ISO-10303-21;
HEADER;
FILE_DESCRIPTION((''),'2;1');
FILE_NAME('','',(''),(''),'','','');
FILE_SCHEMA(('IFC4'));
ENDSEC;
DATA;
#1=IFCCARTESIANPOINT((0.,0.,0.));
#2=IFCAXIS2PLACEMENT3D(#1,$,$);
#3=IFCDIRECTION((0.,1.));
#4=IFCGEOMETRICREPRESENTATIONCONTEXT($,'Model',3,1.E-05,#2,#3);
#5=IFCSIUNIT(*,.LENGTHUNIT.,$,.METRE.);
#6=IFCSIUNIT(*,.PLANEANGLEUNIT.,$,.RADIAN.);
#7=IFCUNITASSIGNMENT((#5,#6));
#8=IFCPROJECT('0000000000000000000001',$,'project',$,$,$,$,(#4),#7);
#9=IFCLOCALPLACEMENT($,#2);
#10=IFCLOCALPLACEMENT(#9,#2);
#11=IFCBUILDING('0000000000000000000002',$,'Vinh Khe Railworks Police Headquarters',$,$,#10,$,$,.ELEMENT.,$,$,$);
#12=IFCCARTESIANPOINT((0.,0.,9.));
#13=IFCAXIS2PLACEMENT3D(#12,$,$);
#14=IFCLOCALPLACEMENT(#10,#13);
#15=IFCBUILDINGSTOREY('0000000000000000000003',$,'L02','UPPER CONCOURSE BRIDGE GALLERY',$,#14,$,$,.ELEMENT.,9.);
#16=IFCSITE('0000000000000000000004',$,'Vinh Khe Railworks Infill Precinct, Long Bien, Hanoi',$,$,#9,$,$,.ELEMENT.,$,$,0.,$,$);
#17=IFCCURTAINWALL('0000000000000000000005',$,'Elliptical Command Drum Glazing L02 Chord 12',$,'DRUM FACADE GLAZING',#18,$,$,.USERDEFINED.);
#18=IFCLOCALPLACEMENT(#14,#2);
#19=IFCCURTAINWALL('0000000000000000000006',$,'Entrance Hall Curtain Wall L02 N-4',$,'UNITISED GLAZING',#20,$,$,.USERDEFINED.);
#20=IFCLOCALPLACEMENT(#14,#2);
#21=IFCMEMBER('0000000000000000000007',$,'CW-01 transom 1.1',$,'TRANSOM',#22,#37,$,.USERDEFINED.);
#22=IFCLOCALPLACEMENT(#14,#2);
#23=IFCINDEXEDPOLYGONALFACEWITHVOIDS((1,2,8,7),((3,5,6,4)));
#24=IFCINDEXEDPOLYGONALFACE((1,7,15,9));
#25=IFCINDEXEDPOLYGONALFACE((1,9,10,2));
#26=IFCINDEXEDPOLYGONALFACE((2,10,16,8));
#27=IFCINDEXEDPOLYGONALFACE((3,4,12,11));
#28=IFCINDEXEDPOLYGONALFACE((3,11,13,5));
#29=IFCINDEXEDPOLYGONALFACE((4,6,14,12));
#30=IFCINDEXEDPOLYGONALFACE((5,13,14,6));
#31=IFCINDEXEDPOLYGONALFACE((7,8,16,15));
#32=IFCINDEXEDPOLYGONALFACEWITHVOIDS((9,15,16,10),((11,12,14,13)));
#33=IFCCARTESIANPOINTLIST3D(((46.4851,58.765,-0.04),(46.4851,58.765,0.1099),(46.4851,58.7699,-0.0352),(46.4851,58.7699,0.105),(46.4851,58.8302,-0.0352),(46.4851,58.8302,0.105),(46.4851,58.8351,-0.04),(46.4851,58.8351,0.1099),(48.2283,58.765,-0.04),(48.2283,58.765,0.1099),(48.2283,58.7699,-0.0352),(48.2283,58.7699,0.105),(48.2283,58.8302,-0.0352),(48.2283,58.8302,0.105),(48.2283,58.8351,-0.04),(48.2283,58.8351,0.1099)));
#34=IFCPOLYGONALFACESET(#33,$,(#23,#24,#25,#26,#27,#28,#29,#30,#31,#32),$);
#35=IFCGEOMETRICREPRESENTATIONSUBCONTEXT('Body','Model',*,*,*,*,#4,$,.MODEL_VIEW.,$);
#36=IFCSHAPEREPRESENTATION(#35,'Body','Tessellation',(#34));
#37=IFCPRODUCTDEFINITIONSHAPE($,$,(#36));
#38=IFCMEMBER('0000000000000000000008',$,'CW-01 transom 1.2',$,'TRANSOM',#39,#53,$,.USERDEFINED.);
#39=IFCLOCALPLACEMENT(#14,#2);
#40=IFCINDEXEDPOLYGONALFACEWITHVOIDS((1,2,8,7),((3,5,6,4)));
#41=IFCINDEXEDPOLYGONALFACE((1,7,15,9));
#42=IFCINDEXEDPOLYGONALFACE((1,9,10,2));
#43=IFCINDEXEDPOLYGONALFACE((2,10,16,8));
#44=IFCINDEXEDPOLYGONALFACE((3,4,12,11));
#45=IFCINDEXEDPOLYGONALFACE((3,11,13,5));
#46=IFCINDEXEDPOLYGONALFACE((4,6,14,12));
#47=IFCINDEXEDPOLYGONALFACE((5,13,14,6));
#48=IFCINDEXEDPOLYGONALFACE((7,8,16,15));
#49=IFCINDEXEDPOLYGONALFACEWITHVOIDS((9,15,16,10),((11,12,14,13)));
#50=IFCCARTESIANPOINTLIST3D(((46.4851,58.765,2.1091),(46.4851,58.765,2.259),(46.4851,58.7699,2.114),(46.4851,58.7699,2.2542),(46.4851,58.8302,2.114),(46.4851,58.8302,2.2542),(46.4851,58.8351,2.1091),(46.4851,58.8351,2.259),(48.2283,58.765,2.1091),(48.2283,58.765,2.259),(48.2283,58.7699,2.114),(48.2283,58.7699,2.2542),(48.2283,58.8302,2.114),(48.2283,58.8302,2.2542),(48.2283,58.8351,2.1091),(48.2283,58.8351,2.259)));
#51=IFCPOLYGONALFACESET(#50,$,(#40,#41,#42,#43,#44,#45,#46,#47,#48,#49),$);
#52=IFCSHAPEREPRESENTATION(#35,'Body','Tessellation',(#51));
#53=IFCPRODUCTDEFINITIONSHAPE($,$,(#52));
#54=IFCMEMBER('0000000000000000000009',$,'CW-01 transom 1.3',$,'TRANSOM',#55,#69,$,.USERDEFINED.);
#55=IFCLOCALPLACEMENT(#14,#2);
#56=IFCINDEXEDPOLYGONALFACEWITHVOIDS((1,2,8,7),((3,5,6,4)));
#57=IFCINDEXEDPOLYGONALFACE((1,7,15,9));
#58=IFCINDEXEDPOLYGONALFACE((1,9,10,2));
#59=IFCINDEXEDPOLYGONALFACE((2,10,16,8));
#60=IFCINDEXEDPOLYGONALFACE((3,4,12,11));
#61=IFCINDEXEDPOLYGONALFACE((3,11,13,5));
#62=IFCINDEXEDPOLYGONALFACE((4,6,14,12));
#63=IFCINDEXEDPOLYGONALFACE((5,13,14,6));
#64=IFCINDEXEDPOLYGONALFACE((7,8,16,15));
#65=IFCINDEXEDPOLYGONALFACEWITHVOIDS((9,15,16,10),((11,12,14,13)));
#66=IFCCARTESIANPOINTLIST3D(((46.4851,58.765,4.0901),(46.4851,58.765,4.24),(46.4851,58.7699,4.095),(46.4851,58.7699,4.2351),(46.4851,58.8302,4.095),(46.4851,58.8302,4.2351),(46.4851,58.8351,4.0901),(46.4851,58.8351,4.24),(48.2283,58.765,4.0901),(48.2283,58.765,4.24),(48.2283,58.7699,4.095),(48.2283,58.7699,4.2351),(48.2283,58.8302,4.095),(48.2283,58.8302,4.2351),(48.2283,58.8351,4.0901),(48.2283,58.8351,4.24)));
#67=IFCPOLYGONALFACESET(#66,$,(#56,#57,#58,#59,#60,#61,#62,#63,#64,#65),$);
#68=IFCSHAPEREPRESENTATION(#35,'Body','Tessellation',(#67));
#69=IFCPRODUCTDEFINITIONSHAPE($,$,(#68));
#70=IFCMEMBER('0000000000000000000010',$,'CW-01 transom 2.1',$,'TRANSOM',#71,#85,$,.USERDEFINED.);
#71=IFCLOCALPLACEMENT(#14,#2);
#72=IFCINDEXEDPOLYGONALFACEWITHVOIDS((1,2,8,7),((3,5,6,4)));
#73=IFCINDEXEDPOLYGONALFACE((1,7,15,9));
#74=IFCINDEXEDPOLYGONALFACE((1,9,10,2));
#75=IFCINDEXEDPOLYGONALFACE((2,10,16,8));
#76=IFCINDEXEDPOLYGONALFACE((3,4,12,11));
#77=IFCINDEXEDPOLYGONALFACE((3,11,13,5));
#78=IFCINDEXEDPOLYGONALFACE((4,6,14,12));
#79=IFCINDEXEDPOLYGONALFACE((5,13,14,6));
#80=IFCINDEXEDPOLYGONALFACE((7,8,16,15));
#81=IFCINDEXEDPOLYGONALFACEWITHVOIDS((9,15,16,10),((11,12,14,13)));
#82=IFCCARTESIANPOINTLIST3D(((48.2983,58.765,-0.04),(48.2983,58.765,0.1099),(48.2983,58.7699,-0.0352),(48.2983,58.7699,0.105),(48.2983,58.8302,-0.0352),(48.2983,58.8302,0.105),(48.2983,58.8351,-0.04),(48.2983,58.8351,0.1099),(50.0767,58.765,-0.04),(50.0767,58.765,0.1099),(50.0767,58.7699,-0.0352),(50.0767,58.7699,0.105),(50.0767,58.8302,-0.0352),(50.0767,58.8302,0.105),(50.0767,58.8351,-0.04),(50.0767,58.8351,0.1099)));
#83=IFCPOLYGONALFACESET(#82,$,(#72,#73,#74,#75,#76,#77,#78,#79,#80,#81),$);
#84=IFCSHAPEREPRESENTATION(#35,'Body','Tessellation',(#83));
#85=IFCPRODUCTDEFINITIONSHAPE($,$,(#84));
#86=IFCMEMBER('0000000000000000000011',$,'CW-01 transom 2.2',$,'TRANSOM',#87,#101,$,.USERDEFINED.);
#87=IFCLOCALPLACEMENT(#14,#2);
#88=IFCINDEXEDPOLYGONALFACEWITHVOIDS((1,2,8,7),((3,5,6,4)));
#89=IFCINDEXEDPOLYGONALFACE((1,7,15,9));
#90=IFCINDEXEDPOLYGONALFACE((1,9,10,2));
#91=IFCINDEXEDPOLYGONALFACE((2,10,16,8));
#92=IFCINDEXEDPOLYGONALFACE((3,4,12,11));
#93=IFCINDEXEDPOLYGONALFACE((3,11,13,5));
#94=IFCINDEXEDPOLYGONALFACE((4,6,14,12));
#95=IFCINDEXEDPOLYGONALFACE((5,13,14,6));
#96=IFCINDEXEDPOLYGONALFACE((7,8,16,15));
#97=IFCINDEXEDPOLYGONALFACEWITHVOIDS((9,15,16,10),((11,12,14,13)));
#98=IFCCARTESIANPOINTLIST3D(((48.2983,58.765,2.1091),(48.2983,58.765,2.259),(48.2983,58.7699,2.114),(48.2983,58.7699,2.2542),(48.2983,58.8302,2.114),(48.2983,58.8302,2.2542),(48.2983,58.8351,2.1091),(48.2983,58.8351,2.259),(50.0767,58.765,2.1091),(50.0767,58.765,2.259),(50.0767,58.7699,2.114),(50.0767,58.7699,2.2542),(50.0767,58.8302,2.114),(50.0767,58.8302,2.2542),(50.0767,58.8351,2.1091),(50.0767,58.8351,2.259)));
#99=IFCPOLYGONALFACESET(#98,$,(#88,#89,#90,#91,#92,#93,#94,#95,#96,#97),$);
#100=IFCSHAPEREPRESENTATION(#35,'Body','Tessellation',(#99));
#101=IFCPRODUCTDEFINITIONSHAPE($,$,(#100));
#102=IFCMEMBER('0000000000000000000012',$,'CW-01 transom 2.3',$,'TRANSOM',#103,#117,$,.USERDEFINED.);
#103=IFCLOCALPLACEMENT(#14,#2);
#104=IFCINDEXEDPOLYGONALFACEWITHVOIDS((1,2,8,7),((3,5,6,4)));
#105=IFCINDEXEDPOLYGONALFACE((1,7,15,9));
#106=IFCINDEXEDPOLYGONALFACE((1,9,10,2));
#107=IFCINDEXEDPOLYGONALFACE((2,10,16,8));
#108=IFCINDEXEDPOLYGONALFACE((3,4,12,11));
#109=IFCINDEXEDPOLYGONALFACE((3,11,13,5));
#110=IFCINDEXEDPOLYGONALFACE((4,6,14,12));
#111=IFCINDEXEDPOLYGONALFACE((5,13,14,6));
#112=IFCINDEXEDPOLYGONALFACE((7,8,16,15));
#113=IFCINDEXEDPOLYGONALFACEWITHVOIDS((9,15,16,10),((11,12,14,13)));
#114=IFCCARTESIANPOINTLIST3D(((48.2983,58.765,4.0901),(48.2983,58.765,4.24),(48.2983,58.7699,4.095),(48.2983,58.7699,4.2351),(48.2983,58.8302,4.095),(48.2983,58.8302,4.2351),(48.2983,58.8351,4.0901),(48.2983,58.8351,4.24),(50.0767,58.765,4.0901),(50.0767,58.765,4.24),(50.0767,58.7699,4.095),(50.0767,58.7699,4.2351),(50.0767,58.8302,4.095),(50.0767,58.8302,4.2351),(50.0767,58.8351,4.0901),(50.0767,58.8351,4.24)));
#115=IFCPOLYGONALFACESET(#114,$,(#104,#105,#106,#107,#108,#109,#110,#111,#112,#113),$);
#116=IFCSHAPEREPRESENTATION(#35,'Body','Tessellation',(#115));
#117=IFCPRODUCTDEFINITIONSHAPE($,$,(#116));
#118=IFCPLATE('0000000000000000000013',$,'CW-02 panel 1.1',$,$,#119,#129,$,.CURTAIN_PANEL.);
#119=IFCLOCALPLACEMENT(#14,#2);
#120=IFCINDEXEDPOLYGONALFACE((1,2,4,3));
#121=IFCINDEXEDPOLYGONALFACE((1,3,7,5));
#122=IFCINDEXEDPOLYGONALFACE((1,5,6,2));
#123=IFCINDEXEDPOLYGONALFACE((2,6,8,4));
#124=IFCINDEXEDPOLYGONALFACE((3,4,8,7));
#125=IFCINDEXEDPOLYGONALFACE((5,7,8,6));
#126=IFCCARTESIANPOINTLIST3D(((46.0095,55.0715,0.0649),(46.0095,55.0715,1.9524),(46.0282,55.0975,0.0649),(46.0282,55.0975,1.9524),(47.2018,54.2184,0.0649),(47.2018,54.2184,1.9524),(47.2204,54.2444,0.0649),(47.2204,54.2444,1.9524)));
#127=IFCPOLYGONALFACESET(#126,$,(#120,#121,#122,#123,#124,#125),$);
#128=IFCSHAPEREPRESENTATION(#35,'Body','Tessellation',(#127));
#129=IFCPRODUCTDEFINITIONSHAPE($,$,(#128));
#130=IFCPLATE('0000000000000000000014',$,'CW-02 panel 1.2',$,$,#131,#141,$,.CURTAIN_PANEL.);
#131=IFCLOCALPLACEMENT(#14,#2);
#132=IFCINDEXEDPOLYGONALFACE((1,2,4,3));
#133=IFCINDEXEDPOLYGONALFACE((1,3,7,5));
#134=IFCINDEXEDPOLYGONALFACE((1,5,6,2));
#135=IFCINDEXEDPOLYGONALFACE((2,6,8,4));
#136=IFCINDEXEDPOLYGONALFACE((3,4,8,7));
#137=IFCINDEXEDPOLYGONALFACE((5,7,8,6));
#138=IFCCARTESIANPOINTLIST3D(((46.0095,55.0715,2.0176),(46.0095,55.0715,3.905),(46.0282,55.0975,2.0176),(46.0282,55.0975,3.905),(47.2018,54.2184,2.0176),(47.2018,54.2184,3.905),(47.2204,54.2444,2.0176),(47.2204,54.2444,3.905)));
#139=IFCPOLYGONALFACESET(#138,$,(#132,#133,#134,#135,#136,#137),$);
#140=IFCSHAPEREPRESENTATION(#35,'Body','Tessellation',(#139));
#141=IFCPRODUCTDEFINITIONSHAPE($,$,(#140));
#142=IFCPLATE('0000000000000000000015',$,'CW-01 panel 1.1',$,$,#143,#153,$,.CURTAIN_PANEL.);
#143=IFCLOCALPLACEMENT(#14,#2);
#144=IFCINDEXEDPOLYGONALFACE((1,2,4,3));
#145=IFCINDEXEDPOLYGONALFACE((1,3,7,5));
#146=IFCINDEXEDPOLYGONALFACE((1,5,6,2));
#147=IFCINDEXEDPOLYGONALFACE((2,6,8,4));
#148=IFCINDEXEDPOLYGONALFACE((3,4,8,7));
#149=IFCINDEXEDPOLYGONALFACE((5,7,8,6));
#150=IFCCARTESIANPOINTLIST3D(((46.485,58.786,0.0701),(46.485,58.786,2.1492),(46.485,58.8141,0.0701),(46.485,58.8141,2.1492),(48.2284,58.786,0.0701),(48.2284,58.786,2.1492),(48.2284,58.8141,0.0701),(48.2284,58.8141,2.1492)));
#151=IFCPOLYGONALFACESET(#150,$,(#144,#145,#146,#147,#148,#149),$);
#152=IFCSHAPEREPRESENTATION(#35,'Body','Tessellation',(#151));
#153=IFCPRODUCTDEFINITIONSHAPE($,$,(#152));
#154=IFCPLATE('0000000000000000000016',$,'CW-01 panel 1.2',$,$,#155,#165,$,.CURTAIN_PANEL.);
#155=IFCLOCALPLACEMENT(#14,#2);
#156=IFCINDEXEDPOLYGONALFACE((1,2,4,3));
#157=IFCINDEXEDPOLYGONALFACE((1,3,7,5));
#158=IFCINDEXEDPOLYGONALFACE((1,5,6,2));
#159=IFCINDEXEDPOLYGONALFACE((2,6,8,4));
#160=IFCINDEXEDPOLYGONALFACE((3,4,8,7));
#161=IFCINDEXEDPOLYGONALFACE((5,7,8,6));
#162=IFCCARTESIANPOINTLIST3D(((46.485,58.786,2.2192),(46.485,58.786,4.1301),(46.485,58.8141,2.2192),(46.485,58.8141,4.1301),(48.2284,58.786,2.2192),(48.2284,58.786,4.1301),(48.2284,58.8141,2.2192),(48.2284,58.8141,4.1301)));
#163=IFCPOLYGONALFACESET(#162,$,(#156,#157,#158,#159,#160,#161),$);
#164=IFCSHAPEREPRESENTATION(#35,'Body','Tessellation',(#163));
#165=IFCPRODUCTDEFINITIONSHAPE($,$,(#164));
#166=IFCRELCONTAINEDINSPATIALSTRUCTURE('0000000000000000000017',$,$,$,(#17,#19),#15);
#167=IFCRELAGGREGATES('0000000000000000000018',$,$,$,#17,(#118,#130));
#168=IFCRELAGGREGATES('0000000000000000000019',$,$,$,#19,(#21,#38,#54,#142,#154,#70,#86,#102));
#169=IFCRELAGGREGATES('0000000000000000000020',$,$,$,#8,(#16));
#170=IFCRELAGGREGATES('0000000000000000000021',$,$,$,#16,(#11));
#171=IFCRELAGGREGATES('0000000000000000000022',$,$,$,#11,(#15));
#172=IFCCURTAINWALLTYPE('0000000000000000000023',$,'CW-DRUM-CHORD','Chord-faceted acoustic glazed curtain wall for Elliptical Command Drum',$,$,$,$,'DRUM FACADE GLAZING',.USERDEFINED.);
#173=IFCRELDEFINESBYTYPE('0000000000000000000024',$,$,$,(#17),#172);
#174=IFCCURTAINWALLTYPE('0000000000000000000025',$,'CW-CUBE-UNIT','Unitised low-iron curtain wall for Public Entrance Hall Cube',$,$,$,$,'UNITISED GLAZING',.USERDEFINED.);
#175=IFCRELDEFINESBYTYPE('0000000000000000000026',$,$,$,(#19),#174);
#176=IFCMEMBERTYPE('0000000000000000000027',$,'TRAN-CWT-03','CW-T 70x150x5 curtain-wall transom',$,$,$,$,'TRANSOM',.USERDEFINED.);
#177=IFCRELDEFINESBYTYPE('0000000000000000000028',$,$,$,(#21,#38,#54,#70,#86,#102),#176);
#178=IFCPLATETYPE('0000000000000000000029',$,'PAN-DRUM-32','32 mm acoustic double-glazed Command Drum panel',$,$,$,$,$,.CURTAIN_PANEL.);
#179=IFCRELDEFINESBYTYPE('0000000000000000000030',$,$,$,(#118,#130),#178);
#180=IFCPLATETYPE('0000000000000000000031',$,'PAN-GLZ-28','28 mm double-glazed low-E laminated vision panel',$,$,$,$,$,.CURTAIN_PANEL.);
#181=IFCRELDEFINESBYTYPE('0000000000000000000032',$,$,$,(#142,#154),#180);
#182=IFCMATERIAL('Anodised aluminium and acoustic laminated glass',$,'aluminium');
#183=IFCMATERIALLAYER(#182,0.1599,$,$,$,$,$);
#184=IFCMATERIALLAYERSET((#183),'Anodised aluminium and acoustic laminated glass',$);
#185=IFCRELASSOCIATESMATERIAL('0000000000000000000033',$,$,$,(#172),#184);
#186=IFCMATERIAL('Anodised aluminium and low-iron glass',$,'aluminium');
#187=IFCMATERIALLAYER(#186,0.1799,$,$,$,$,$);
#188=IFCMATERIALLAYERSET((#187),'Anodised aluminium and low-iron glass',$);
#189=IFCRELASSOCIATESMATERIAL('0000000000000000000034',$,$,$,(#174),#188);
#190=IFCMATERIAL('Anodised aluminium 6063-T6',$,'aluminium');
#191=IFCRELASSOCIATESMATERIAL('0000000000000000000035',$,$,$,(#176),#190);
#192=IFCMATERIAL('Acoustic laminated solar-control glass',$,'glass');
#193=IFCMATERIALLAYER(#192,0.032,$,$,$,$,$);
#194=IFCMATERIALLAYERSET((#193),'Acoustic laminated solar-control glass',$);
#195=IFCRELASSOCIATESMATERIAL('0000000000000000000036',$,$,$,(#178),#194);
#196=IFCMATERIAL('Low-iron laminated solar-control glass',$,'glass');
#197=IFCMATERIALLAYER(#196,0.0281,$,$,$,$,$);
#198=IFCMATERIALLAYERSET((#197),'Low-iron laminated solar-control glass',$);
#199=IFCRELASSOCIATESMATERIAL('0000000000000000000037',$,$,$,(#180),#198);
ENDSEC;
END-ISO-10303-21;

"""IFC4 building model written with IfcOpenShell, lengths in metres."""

from ifc_helpers import new_model, si_unit, direction, frame, origin, origin_2d, place, context, subcontext, project, spatial, rectangle, hollow_rectangle, extrude, material, layer, layer_set, material_profile, profile_set, type_object, element, aggregate, save


model = new_model("IFC4")

# Units and contexts
model_context = context("Model", 3, precision=1e-05, world=origin(), true_north=direction((0.0, 1.0)))
body_context = subcontext(model_context, "Body", "Model", "MODEL_VIEW")
ifc_project = project(units=[si_unit("LENGTHUNIT", "METRE"), si_unit("PLANEANGLEUNIT", "RADIAN")], contexts=[model_context])

# Site, building, storey
site_placement = place(None, origin())
site = spatial("IfcSite", under=ifc_project, at=site_placement, Name="Vinh Khe Railworks Infill Precinct, Long Bien, Hanoi", CompositionType="ELEMENT", RefElevation=0.0)
building_placement = place(site_placement, origin())
building = spatial("IfcBuilding", under=site, at=building_placement, Name="Vinh Khe Railworks Police Headquarters", CompositionType="ELEMENT")
storey_placement = place(building_placement, frame((0.0, 0.0, 9.0)))
storey = spatial("IfcBuildingStorey", under=building, at=storey_placement, Name="L02", Description="UPPER CONCOURSE BRIDGE GALLERY", CompositionType="ELEMENT", Elevation=9.0)

# Curtain wall
ifc_material_1 = material(Name="Anodised aluminium and acoustic laminated glass", Category="aluminium")
ifc_layer_1 = layer(ifc_material_1, 0.1599)
ifc_layer_set_1 = layer_set([ifc_layer_1], Name="Anodised aluminium and acoustic laminated glass")
curtain_wall_type_1 = type_object("IfcCurtainWallType", Name="CW-DRUM-CHORD", Description="Chord-faceted acoustic glazed curtain wall for Elliptical Command Drum", ElementType="DRUM FACADE GLAZING", PredefinedType="USERDEFINED", material=ifc_layer_set_1)
ifc_material_2 = material(Name="Anodised aluminium 6063-T6", Category="aluminium")
curtain_wall_1_placement = place(storey_placement, origin())
curtain_wall_1 = element("IfcCurtainWall", 1, at=curtain_wall_1_placement, inside=storey, type_object=curtain_wall_type_1, Name="Elliptical Command Drum Glazing L02 Chord 12", ObjectType="DRUM FACADE GLAZING", PredefinedType="USERDEFINED")

# Curtain wall
ifc_material_3 = material(Name="Anodised aluminium and low-iron glass", Category="aluminium")
ifc_layer_2 = layer(ifc_material_3, 0.1799)
ifc_layer_set_2 = layer_set([ifc_layer_2], Name="Anodised aluminium and low-iron glass")
curtain_wall_type_2 = type_object("IfcCurtainWallType", Name="CW-CUBE-UNIT", Description="Unitised low-iron curtain wall for Public Entrance Hall Cube", ElementType="UNITISED GLAZING", PredefinedType="USERDEFINED", material=ifc_layer_set_2)
curtain_wall_2_placement = place(storey_placement, origin())
curtain_wall_2 = element("IfcCurtainWall", 2, at=curtain_wall_2_placement, inside=storey, type_object=curtain_wall_type_2, Name="Entrance Hall Curtain Wall L02 N-4", ObjectType="UNITISED GLAZING", PredefinedType="USERDEFINED")

# Members
ifc_material_profile_1 = material_profile(ifc_material_2, hollow_rectangle(XDim=0.0701, YDim=0.1499, WallThickness=0.0049, at=origin_2d()), Name="CW-T 70x150x5")
ifc_profile_set_1 = profile_set([ifc_material_profile_1], Name="Anodised aluminium 6063-T6")
member_type_1 = type_object("IfcMemberType", Name="TRAN-CWT-03", Description="CW-T 70x150x5 curtain-wall transom", ElementType="TRANSOM", PredefinedType="USERDEFINED", material=ifc_profile_set_1)
member_1_placement = place(storey_placement, frame((46.4851, 58.8, 0.0349), z_axis=(1.0, 0.0, 0.0), x_axis=(0.0, 1.0, 0.0)))
member_1 = element("IfcMember", 3, at=member_1_placement, type_object=member_type_1, Name="CW-01 transom 1.1", ObjectType="TRANSOM", PredefinedType="USERDEFINED", context=body_context, shape_type="SweptSolid", body=[
    extrude(hollow_rectangle(XDim=0.0701, YDim=0.1499, WallThickness=0.0049, at=origin_2d()), origin(), (0.0, 0.0, 1.0), 1.7432),
])
member_2_placement = place(storey_placement, frame((46.4851, 58.8, 2.1841), z_axis=(1.0, 0.0, 0.0), x_axis=(0.0, 1.0, 0.0)))
member_2 = element("IfcMember", 4, at=member_2_placement, type_object=member_type_1, Name="CW-01 transom 1.2", ObjectType="TRANSOM", PredefinedType="USERDEFINED", context=body_context, shape_type="SweptSolid", body=[
    extrude(hollow_rectangle(XDim=0.0701, YDim=0.1499, WallThickness=0.0049, at=origin_2d()), origin(), (0.0, 0.0, 1.0), 1.7432),
])
member_3_placement = place(storey_placement, frame((46.4851, 58.8, 4.165), z_axis=(1.0, 0.0, 0.0), x_axis=(0.0, 1.0, 0.0)))
member_3 = element("IfcMember", 5, at=member_3_placement, type_object=member_type_1, Name="CW-01 transom 1.3", ObjectType="TRANSOM", PredefinedType="USERDEFINED", context=body_context, shape_type="SweptSolid", body=[
    extrude(hollow_rectangle(XDim=0.0701, YDim=0.1499, WallThickness=0.0049, at=origin_2d()), origin(), (0.0, 0.0, 1.0), 1.7432),
])
member_4_placement = place(storey_placement, frame((48.2983, 58.8, 0.0349), z_axis=(1.0, 0.0, 0.0), x_axis=(0.0, 1.0, 0.0)))
member_4 = element("IfcMember", 6, at=member_4_placement, type_object=member_type_1, Name="CW-01 transom 2.1", ObjectType="TRANSOM", PredefinedType="USERDEFINED", context=body_context, shape_type="SweptSolid", body=[
    extrude(hollow_rectangle(XDim=0.0701, YDim=0.1499, WallThickness=0.0049, at=origin_2d()), origin(), (0.0, 0.0, 1.0), 1.7783),
])
member_5_placement = place(storey_placement, frame((48.2983, 58.8, 2.1841), z_axis=(1.0, 0.0, 0.0), x_axis=(0.0, 1.0, 0.0)))
member_5 = element("IfcMember", 7, at=member_5_placement, type_object=member_type_1, Name="CW-01 transom 2.2", ObjectType="TRANSOM", PredefinedType="USERDEFINED", context=body_context, shape_type="SweptSolid", body=[
    extrude(hollow_rectangle(XDim=0.0701, YDim=0.1499, WallThickness=0.0049, at=origin_2d()), origin(), (0.0, 0.0, 1.0), 1.7783),
])
member_6_placement = place(storey_placement, frame((48.2983, 58.8, 4.165), z_axis=(1.0, 0.0, 0.0), x_axis=(0.0, 1.0, 0.0)))
member_6 = element("IfcMember", 8, at=member_6_placement, type_object=member_type_1, Name="CW-01 transom 2.3", ObjectType="TRANSOM", PredefinedType="USERDEFINED", context=body_context, shape_type="SweptSolid", body=[
    extrude(hollow_rectangle(XDim=0.0701, YDim=0.1499, WallThickness=0.0049, at=origin_2d()), origin(), (0.0, 0.0, 1.0), 1.7783),
])

# Plates
ifc_material_4 = material(Name="Acoustic laminated solar-control glass", Category="glass")
ifc_layer_3 = layer(ifc_material_4, 0.032)
ifc_layer_set_3 = layer_set([ifc_layer_3], Name="Acoustic laminated solar-control glass")
plate_type_1 = type_object("IfcPlateType", Name="PAN-DRUM-32", Description="32 mm acoustic double-glazed Command Drum panel", PredefinedType="CURTAIN_PANEL", material=ifc_layer_set_3)
plate_1_placement = place(storey_placement, frame((46.615, 54.658, 0.0649), z_axis=(0.0, 0.0, 1.0), x_axis=(-0.813249, 0.581915, 0.0)))
plate_1 = element("IfcPlate", 9, at=plate_1_placement, type_object=plate_type_1, Name="CW-02 panel 1.1", PredefinedType="CURTAIN_PANEL", context=body_context, shape_type="SweptSolid", body=[
    extrude(rectangle(XDim=1.4661, YDim=0.032, at=origin_2d()), origin(), (0.0, 0.0, 1.0), 1.8875),
])
plate_2_placement = place(storey_placement, frame((46.615, 54.658, 2.0176), z_axis=(0.0, 0.0, 1.0), x_axis=(-0.813249, 0.581915, 0.0)))
plate_2 = element("IfcPlate", 10, at=plate_2_placement, type_object=plate_type_1, Name="CW-02 panel 1.2", PredefinedType="CURTAIN_PANEL", context=body_context, shape_type="SweptSolid", body=[
    extrude(rectangle(XDim=1.4661, YDim=0.032, at=origin_2d()), origin(), (0.0, 0.0, 1.0), 1.8875),
])
aggregate(curtain_wall_1, [plate_1, plate_2])
ifc_material_5 = material(Name="Low-iron laminated solar-control glass", Category="glass")
ifc_layer_4 = layer(ifc_material_5, 0.0281)
ifc_layer_set_4 = layer_set([ifc_layer_4], Name="Low-iron laminated solar-control glass")
plate_type_2 = type_object("IfcPlateType", Name="PAN-GLZ-28", Description="28 mm double-glazed low-E laminated vision panel", PredefinedType="CURTAIN_PANEL", material=ifc_layer_set_4)
plate_3_placement = place(storey_placement, frame((47.3567, 58.8, 0.0701), z_axis=(0.0, 0.0, 1.0), x_axis=(1.0, 0.0, 0.0)))
plate_3 = element("IfcPlate", 11, at=plate_3_placement, type_object=plate_type_2, Name="CW-01 panel 1.1", PredefinedType="CURTAIN_PANEL", context=body_context, shape_type="SweptSolid", body=[
    extrude(rectangle(XDim=1.7434, YDim=0.0281, at=origin_2d()), origin(), (0.0, 0.0, 1.0), 2.0791),
])
plate_4_placement = place(storey_placement, frame((47.3567, 58.8, 2.2192), z_axis=(0.0, 0.0, 1.0), x_axis=(1.0, 0.0, 0.0)))
plate_4 = element("IfcPlate", 12, at=plate_4_placement, type_object=plate_type_2, Name="CW-01 panel 1.2", PredefinedType="CURTAIN_PANEL", context=body_context, shape_type="SweptSolid", body=[
    extrude(rectangle(XDim=1.7434, YDim=0.0281, at=origin_2d()), origin(), (0.0, 0.0, 1.0), 1.9109),
])
aggregate(curtain_wall_2, [member_1, member_2, member_3, plate_3, plate_4, member_4, member_5, member_6])

save(model, "model.ifc")
